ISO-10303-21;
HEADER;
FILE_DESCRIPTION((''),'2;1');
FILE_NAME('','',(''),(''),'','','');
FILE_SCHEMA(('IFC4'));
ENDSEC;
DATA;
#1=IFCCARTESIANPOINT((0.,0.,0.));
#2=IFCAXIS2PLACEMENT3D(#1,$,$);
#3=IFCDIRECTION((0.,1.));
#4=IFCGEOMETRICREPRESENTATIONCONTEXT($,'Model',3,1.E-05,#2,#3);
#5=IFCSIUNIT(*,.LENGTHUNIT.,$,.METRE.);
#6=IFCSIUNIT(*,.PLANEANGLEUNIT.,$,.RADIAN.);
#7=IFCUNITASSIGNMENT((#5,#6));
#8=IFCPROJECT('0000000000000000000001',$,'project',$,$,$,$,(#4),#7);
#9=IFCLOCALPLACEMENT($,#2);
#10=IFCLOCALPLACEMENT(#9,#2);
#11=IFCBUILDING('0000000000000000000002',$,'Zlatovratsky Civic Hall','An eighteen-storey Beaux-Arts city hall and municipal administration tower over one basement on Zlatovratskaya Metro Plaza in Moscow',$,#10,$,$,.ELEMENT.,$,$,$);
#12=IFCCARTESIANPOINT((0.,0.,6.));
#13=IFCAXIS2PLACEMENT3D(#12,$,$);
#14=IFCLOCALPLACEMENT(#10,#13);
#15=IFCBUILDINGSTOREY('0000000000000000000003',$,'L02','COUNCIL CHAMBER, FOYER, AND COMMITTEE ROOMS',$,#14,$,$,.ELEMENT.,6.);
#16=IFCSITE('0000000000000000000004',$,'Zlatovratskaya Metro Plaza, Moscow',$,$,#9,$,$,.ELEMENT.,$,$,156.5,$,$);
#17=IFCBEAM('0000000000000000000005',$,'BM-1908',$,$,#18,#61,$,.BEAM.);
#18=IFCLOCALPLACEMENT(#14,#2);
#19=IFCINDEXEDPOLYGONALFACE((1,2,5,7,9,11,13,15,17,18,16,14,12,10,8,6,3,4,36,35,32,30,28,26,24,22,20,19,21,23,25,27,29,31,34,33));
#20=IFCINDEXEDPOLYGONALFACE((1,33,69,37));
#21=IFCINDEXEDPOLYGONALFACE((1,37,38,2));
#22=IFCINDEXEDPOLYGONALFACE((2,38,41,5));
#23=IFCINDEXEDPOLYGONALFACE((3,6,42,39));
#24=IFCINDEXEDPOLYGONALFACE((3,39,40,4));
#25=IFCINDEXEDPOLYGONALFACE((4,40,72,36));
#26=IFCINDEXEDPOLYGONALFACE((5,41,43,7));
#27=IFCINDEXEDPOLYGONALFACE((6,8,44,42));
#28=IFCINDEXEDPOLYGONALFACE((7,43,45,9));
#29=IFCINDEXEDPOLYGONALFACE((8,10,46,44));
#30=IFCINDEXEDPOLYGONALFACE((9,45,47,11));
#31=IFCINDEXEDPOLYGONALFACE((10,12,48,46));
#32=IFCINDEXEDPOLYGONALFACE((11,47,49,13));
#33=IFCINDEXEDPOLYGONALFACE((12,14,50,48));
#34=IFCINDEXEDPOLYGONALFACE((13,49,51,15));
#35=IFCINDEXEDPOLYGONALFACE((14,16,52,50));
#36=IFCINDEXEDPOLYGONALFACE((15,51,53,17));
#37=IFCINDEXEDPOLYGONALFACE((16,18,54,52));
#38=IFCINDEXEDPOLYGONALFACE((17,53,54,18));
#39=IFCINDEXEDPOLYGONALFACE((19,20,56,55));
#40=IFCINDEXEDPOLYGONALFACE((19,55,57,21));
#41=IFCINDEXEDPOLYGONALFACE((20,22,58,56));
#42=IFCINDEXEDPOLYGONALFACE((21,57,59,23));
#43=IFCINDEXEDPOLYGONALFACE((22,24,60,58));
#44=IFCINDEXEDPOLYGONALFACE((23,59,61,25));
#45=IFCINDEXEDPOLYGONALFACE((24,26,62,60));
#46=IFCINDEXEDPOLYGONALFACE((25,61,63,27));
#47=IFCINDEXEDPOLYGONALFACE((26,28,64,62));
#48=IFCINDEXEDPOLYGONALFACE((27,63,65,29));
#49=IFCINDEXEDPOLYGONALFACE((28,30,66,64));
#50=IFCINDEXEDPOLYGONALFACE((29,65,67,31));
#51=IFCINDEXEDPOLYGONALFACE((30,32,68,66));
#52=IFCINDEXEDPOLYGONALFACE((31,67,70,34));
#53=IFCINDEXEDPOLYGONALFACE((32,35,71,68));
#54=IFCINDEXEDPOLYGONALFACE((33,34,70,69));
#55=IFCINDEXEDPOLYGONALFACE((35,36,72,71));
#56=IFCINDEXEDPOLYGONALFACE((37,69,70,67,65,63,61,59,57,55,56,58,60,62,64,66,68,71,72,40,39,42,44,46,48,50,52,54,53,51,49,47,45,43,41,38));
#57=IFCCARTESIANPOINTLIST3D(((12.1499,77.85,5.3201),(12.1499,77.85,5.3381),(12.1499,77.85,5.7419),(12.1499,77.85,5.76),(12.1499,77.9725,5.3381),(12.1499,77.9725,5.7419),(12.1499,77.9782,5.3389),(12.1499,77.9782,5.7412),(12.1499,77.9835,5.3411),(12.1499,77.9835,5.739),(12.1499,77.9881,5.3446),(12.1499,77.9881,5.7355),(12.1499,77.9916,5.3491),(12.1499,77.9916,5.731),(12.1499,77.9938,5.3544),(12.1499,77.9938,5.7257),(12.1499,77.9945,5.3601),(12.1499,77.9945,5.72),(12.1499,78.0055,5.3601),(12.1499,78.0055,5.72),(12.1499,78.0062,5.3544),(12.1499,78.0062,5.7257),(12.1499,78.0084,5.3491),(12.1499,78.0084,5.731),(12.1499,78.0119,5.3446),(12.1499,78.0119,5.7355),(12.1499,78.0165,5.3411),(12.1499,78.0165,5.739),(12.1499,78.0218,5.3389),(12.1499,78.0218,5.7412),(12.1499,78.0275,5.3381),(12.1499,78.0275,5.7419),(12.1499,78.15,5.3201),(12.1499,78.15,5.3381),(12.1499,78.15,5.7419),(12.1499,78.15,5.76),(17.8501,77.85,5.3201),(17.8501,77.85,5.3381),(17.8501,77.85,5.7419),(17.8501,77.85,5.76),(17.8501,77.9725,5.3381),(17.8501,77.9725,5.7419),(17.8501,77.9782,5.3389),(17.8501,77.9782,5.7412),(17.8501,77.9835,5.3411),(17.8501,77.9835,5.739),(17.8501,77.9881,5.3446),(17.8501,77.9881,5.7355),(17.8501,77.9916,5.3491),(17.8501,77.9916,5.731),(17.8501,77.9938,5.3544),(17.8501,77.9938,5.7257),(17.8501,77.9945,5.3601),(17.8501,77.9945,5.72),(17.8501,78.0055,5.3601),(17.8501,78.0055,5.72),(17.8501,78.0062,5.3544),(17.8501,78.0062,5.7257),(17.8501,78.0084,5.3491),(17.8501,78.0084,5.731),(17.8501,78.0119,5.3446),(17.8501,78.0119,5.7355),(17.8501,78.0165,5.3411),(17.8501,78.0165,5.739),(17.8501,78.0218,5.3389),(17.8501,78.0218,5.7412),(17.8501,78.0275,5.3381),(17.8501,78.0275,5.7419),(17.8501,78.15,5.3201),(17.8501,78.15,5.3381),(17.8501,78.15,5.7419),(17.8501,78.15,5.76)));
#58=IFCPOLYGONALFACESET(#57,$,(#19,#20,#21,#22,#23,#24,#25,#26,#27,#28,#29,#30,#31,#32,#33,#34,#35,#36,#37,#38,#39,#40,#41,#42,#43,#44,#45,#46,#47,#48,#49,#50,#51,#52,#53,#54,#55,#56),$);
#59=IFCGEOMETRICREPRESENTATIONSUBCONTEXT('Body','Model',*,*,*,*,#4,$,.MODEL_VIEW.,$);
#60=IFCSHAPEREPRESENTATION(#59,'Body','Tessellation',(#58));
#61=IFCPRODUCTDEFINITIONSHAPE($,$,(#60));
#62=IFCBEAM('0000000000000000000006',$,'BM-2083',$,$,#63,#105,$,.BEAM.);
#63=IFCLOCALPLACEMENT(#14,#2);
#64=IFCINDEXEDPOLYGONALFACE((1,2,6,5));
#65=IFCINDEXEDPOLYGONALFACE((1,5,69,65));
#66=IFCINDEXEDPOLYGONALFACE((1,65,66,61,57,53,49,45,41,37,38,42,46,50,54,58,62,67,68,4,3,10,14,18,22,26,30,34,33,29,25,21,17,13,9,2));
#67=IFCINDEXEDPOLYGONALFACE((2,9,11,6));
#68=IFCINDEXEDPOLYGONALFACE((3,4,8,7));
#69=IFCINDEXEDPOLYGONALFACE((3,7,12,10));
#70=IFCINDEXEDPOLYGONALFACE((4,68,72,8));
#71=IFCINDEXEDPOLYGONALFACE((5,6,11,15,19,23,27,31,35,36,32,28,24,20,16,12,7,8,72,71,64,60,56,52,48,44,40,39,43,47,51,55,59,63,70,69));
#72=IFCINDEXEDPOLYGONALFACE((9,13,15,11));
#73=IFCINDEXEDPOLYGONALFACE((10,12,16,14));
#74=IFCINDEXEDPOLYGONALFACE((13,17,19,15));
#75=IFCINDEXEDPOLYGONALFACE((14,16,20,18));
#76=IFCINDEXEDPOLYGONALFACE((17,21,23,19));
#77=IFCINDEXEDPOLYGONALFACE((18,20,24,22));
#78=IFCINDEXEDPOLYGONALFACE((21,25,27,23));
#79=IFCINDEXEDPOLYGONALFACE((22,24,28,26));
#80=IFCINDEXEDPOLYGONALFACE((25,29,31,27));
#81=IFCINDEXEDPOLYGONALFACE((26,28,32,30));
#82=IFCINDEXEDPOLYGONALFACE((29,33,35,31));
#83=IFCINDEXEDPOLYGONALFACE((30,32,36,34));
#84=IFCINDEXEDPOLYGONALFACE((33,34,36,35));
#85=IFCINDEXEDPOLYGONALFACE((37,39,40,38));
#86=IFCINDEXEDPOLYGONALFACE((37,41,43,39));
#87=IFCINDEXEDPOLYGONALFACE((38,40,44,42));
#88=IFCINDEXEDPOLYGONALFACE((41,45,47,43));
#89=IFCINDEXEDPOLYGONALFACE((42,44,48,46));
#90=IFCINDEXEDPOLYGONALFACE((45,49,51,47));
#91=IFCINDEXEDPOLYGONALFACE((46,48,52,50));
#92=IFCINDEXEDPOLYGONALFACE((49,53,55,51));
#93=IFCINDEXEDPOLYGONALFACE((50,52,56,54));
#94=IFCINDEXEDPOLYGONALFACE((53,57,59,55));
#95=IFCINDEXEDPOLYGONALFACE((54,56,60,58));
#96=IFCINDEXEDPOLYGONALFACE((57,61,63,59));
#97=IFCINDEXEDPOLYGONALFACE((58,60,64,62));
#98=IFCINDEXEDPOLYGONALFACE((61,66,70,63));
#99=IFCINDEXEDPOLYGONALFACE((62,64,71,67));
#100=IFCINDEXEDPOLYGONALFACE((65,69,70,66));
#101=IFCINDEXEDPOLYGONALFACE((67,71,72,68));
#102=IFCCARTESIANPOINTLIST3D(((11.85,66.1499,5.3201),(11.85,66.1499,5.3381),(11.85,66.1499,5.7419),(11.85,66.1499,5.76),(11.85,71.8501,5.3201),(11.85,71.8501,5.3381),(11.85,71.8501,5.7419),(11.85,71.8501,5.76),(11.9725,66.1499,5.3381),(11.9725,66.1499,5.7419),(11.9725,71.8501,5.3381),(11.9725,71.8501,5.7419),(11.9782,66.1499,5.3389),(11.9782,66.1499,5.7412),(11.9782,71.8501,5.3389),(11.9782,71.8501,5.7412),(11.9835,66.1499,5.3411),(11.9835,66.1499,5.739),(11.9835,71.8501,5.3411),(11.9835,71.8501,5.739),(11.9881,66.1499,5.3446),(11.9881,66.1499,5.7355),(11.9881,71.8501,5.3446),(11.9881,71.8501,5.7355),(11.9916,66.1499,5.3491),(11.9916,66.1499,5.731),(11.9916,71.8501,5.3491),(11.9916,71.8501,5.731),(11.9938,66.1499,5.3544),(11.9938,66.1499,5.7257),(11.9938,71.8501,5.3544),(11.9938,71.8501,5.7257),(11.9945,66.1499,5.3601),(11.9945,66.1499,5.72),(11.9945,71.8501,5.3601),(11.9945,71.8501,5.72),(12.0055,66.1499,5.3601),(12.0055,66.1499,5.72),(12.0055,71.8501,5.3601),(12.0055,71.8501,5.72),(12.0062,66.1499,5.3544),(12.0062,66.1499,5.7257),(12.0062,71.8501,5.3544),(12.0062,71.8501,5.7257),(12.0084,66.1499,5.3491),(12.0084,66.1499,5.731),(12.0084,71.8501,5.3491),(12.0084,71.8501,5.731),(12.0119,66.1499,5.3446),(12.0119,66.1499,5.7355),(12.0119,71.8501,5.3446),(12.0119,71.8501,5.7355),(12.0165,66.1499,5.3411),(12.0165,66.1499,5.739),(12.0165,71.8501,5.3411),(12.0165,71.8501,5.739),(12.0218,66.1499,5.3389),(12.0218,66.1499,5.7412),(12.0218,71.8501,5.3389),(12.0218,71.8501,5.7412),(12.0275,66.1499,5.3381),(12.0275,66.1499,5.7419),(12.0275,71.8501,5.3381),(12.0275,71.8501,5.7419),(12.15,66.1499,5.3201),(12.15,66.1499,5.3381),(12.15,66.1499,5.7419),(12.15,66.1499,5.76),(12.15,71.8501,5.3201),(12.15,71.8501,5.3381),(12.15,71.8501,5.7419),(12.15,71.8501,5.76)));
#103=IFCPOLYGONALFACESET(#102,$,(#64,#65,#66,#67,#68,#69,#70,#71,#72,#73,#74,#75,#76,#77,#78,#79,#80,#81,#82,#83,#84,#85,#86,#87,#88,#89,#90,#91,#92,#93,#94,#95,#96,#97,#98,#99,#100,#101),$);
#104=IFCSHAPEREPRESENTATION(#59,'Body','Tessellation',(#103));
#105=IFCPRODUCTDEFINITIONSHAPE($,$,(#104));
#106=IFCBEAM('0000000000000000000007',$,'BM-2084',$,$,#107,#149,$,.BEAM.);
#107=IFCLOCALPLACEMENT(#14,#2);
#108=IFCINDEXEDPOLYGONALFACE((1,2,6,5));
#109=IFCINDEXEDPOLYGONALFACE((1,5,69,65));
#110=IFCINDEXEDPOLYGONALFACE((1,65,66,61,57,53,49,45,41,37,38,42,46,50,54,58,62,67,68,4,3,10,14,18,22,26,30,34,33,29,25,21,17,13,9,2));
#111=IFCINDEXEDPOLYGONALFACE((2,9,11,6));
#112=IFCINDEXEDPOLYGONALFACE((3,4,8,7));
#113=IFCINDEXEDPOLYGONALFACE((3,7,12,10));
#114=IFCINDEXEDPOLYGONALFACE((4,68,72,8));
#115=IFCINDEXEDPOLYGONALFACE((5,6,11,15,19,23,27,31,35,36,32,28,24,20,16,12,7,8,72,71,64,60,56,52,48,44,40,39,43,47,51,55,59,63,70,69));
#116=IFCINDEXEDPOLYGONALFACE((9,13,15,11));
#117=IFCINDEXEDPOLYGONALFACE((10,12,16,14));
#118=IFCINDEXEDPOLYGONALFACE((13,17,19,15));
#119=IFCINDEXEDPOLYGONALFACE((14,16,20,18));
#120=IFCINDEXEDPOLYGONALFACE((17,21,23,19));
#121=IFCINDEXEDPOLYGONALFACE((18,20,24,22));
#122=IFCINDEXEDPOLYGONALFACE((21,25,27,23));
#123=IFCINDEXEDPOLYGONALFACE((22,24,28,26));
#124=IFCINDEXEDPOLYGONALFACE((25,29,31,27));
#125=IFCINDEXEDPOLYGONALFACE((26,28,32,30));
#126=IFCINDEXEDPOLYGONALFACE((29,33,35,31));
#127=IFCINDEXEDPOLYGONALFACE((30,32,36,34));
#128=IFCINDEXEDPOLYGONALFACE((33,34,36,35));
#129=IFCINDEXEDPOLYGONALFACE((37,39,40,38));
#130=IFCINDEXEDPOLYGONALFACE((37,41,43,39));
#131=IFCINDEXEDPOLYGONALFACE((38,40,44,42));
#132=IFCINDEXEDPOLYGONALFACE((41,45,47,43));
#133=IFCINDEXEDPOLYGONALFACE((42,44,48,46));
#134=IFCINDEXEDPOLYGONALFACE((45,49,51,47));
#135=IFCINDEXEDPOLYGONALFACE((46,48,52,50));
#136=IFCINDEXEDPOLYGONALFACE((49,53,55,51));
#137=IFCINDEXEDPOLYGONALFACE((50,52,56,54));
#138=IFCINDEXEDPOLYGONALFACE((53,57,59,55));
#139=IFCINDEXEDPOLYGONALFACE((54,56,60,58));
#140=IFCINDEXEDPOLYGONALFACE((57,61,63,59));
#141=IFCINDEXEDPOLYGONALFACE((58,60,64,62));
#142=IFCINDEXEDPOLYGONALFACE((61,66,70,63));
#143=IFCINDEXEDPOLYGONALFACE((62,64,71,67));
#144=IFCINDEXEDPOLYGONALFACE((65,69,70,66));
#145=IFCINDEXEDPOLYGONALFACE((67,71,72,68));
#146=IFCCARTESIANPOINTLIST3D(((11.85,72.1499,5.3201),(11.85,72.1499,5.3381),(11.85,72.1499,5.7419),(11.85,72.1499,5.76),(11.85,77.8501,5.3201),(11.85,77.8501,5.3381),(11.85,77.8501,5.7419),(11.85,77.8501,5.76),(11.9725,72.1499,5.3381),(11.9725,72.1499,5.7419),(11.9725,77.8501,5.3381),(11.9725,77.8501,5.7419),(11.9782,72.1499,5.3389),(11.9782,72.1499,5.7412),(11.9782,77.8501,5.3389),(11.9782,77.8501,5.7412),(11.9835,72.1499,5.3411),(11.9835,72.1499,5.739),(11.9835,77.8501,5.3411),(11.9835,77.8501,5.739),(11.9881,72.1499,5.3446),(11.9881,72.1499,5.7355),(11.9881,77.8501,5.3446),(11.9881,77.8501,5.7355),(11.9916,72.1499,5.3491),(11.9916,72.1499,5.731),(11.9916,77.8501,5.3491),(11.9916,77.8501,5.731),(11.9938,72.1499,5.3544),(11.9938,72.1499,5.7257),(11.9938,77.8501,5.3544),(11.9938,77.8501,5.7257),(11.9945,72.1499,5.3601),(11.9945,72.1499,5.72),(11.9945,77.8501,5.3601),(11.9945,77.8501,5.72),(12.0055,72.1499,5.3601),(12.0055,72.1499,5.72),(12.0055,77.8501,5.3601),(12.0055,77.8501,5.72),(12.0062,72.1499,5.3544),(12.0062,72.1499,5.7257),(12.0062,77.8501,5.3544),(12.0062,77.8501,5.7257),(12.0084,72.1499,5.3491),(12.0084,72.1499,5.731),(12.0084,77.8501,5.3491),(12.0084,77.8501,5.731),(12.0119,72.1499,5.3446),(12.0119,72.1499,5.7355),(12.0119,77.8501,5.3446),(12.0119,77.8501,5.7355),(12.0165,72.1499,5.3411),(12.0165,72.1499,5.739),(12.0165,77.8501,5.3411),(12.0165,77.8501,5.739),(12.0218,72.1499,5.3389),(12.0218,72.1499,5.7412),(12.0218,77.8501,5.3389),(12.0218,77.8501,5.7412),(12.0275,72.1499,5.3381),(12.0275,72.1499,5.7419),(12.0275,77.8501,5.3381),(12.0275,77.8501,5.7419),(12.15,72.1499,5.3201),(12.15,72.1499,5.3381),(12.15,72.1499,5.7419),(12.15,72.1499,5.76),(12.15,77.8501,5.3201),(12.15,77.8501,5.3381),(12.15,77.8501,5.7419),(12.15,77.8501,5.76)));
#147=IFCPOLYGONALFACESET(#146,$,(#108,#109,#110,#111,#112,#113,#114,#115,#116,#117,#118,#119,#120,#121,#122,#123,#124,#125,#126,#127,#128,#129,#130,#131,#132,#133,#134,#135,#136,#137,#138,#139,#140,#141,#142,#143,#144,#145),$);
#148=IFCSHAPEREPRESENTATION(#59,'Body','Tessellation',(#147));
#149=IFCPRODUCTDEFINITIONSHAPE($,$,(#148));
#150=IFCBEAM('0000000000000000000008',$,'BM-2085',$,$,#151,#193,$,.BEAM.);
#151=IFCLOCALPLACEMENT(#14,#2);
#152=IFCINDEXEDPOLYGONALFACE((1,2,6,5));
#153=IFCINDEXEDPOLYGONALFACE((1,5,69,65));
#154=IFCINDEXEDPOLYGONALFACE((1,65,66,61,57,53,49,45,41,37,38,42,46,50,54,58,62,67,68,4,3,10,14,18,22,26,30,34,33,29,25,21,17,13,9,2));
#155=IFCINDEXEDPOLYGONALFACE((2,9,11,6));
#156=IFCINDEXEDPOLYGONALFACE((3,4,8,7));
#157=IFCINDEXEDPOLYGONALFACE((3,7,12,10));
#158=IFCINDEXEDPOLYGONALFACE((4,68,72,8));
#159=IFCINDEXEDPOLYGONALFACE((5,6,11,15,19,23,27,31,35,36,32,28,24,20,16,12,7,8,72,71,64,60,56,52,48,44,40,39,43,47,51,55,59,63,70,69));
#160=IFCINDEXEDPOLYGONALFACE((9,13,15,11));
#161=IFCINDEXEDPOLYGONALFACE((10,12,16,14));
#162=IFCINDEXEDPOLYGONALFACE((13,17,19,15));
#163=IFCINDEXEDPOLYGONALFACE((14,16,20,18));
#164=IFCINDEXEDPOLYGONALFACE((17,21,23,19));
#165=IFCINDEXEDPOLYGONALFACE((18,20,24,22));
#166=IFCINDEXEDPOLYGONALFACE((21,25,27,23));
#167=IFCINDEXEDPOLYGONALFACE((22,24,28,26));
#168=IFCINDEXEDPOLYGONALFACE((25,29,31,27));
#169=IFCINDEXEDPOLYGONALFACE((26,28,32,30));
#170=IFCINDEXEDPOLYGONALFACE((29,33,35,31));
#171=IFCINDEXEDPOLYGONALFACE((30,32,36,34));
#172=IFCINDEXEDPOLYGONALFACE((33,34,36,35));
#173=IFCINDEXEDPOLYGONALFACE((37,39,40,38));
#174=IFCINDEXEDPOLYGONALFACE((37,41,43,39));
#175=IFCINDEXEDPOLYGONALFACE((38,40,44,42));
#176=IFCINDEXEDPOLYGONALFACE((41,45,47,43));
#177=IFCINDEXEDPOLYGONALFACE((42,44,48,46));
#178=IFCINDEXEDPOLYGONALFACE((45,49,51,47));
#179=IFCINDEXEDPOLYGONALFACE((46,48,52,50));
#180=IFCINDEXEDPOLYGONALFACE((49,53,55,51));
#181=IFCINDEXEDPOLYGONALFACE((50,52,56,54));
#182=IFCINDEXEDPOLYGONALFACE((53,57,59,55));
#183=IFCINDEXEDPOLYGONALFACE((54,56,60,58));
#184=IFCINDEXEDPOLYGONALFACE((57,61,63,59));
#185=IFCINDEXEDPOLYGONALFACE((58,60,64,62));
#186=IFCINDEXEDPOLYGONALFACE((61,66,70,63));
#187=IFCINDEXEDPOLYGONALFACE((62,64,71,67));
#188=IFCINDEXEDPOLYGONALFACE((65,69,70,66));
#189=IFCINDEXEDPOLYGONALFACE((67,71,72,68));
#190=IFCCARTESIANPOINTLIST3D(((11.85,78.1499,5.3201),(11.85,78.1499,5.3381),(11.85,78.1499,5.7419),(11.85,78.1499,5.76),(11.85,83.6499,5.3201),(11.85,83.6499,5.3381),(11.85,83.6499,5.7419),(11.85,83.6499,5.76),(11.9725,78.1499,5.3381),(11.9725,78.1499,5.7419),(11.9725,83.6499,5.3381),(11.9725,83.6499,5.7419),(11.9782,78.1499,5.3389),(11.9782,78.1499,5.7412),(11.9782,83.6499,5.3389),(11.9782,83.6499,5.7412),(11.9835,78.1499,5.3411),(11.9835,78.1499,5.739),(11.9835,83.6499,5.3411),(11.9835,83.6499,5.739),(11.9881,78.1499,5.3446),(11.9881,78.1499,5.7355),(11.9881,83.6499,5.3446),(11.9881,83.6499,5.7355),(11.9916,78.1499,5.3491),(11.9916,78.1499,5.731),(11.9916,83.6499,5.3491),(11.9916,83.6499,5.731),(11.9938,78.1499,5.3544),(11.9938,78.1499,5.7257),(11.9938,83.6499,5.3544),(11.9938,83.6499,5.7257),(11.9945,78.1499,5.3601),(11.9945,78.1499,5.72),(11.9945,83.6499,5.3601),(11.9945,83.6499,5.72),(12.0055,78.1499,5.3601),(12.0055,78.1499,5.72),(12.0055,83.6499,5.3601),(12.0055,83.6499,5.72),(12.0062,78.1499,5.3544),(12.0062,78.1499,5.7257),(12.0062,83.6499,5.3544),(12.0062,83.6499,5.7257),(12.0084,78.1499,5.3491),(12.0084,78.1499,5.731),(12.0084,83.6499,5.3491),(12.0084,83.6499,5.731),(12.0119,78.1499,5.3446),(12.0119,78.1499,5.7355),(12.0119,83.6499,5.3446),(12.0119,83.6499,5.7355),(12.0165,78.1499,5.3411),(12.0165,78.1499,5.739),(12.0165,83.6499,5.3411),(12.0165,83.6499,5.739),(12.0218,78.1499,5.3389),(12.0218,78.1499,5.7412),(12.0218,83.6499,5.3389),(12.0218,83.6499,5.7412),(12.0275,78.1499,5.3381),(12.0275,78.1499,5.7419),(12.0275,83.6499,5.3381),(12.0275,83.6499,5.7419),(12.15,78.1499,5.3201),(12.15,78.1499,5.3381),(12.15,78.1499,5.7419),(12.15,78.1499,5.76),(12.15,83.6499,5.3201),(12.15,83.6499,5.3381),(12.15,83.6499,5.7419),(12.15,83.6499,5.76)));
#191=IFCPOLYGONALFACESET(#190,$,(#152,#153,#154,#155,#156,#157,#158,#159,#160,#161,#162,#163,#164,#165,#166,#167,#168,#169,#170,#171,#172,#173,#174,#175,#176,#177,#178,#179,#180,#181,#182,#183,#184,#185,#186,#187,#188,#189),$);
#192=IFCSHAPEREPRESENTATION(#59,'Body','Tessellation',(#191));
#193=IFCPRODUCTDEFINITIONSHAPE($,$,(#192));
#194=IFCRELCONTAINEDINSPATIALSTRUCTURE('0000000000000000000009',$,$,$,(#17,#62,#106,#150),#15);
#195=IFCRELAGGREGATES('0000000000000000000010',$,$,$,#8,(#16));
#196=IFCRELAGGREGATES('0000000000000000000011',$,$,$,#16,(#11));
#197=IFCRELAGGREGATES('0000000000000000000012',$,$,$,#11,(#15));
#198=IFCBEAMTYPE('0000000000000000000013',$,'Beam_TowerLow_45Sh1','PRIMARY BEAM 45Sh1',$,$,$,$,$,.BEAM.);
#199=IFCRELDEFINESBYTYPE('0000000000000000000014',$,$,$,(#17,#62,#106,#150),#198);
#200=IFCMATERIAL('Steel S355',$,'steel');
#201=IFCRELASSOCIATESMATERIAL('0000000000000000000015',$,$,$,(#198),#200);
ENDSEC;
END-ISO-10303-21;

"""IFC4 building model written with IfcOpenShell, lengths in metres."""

from ifc_helpers import new_model, si_unit, direction, frame, origin, origin_2d, place, context, subcontext, project, spatial, i_section, extrude, material, material_profile, profile_set, type_object, element, save


model = new_model("IFC4")

# Units and contexts
model_context = context("Model", 3, precision=1e-05, world=origin(), true_north=direction((0.0, 1.0)))
body_context = subcontext(model_context, "Body", "Model", "MODEL_VIEW")
ifc_project = project(units=[si_unit("LENGTHUNIT", "METRE"), si_unit("PLANEANGLEUNIT", "RADIAN")], contexts=[model_context])

# Site, building, storey
site_placement = place(None, origin())
site = spatial("IfcSite", under=ifc_project, at=site_placement, Name="Zlatovratskaya Metro Plaza, Moscow", CompositionType="ELEMENT", RefElevation=156.5)
building_placement = place(site_placement, origin())
building = spatial("IfcBuilding", under=site, at=building_placement, Name="Zlatovratsky Civic Hall", Description="An eighteen-storey Beaux-Arts city hall and municipal administration tower over one basement on Zlatovratskaya Metro Plaza in Moscow", CompositionType="ELEMENT")
storey_placement = place(building_placement, frame((0.0, 0.0, 6.0)))
storey = spatial("IfcBuildingStorey", under=building, at=storey_placement, Name="L02", Description="COUNCIL CHAMBER, FOYER, AND COMMITTEE ROOMS", CompositionType="ELEMENT", Elevation=6.0)

# Shared definitions
ifc_material_1 = material(Name="Steel S355", Category="steel")

# Beams
ifc_material_profile_1 = material_profile(ifc_material_1, i_section(OverallWidth=0.3, OverallDepth=0.4399, WebThickness=0.011, FlangeThickness=0.0181, FilletRadius=0.022, at=origin_2d()), Name="45Sh1")
ifc_profile_set_1 = profile_set([ifc_material_profile_1], Name="Steel S355")
beam_type_1 = type_object("IfcBeamType", Name="Beam_TowerLow_45Sh1", Description="PRIMARY BEAM 45Sh1", PredefinedType="BEAM", material=ifc_profile_set_1)
for number, where, z_axis, x_axis, name in (
    (1, (12.1499, 78.0, 5.54), (1.0, 0.0, 0.0), (0.0, 1.0, 0.0), "BM-1908"),
    (2, (12.0, 66.1499, 5.54), (0.0, 1.0, 0.0), (-1.0, 0.0, 0.0), "BM-2083"),
    (3, (12.0, 72.1499, 5.54), (0.0, 1.0, 0.0), (-1.0, 0.0, 0.0), "BM-2084"),
):
    element("IfcBeam", number, at=place(storey_placement, frame(where, z_axis=z_axis, x_axis=x_axis)), inside=storey, type_object=beam_type_1, Name=name, PredefinedType="BEAM", context=body_context, shape_type="SweptSolid", body=[
        extrude(i_section(OverallWidth=0.3, OverallDepth=0.4399, WebThickness=0.011, FlangeThickness=0.0181, FilletRadius=0.022, at=origin_2d()), origin(), (0.0, 0.0, 1.0), 5.7002),
    ])
beam_1_placement = place(storey_placement, frame((12.0, 78.1499, 5.54), z_axis=(0.0, 1.0, 0.0), x_axis=(-1.0, 0.0, 0.0)))
element("IfcBeam", 4, at=beam_1_placement, inside=storey, type_object=beam_type_1, Name="BM-2085", PredefinedType="BEAM", context=body_context, shape_type="SweptSolid", body=[
    extrude(i_section(OverallWidth=0.3, OverallDepth=0.4399, WebThickness=0.011, FlangeThickness=0.0181, FilletRadius=0.022, at=origin_2d()), origin(), (0.0, 0.0, 1.0), 5.5),
])

save(model, "model.ifc")
